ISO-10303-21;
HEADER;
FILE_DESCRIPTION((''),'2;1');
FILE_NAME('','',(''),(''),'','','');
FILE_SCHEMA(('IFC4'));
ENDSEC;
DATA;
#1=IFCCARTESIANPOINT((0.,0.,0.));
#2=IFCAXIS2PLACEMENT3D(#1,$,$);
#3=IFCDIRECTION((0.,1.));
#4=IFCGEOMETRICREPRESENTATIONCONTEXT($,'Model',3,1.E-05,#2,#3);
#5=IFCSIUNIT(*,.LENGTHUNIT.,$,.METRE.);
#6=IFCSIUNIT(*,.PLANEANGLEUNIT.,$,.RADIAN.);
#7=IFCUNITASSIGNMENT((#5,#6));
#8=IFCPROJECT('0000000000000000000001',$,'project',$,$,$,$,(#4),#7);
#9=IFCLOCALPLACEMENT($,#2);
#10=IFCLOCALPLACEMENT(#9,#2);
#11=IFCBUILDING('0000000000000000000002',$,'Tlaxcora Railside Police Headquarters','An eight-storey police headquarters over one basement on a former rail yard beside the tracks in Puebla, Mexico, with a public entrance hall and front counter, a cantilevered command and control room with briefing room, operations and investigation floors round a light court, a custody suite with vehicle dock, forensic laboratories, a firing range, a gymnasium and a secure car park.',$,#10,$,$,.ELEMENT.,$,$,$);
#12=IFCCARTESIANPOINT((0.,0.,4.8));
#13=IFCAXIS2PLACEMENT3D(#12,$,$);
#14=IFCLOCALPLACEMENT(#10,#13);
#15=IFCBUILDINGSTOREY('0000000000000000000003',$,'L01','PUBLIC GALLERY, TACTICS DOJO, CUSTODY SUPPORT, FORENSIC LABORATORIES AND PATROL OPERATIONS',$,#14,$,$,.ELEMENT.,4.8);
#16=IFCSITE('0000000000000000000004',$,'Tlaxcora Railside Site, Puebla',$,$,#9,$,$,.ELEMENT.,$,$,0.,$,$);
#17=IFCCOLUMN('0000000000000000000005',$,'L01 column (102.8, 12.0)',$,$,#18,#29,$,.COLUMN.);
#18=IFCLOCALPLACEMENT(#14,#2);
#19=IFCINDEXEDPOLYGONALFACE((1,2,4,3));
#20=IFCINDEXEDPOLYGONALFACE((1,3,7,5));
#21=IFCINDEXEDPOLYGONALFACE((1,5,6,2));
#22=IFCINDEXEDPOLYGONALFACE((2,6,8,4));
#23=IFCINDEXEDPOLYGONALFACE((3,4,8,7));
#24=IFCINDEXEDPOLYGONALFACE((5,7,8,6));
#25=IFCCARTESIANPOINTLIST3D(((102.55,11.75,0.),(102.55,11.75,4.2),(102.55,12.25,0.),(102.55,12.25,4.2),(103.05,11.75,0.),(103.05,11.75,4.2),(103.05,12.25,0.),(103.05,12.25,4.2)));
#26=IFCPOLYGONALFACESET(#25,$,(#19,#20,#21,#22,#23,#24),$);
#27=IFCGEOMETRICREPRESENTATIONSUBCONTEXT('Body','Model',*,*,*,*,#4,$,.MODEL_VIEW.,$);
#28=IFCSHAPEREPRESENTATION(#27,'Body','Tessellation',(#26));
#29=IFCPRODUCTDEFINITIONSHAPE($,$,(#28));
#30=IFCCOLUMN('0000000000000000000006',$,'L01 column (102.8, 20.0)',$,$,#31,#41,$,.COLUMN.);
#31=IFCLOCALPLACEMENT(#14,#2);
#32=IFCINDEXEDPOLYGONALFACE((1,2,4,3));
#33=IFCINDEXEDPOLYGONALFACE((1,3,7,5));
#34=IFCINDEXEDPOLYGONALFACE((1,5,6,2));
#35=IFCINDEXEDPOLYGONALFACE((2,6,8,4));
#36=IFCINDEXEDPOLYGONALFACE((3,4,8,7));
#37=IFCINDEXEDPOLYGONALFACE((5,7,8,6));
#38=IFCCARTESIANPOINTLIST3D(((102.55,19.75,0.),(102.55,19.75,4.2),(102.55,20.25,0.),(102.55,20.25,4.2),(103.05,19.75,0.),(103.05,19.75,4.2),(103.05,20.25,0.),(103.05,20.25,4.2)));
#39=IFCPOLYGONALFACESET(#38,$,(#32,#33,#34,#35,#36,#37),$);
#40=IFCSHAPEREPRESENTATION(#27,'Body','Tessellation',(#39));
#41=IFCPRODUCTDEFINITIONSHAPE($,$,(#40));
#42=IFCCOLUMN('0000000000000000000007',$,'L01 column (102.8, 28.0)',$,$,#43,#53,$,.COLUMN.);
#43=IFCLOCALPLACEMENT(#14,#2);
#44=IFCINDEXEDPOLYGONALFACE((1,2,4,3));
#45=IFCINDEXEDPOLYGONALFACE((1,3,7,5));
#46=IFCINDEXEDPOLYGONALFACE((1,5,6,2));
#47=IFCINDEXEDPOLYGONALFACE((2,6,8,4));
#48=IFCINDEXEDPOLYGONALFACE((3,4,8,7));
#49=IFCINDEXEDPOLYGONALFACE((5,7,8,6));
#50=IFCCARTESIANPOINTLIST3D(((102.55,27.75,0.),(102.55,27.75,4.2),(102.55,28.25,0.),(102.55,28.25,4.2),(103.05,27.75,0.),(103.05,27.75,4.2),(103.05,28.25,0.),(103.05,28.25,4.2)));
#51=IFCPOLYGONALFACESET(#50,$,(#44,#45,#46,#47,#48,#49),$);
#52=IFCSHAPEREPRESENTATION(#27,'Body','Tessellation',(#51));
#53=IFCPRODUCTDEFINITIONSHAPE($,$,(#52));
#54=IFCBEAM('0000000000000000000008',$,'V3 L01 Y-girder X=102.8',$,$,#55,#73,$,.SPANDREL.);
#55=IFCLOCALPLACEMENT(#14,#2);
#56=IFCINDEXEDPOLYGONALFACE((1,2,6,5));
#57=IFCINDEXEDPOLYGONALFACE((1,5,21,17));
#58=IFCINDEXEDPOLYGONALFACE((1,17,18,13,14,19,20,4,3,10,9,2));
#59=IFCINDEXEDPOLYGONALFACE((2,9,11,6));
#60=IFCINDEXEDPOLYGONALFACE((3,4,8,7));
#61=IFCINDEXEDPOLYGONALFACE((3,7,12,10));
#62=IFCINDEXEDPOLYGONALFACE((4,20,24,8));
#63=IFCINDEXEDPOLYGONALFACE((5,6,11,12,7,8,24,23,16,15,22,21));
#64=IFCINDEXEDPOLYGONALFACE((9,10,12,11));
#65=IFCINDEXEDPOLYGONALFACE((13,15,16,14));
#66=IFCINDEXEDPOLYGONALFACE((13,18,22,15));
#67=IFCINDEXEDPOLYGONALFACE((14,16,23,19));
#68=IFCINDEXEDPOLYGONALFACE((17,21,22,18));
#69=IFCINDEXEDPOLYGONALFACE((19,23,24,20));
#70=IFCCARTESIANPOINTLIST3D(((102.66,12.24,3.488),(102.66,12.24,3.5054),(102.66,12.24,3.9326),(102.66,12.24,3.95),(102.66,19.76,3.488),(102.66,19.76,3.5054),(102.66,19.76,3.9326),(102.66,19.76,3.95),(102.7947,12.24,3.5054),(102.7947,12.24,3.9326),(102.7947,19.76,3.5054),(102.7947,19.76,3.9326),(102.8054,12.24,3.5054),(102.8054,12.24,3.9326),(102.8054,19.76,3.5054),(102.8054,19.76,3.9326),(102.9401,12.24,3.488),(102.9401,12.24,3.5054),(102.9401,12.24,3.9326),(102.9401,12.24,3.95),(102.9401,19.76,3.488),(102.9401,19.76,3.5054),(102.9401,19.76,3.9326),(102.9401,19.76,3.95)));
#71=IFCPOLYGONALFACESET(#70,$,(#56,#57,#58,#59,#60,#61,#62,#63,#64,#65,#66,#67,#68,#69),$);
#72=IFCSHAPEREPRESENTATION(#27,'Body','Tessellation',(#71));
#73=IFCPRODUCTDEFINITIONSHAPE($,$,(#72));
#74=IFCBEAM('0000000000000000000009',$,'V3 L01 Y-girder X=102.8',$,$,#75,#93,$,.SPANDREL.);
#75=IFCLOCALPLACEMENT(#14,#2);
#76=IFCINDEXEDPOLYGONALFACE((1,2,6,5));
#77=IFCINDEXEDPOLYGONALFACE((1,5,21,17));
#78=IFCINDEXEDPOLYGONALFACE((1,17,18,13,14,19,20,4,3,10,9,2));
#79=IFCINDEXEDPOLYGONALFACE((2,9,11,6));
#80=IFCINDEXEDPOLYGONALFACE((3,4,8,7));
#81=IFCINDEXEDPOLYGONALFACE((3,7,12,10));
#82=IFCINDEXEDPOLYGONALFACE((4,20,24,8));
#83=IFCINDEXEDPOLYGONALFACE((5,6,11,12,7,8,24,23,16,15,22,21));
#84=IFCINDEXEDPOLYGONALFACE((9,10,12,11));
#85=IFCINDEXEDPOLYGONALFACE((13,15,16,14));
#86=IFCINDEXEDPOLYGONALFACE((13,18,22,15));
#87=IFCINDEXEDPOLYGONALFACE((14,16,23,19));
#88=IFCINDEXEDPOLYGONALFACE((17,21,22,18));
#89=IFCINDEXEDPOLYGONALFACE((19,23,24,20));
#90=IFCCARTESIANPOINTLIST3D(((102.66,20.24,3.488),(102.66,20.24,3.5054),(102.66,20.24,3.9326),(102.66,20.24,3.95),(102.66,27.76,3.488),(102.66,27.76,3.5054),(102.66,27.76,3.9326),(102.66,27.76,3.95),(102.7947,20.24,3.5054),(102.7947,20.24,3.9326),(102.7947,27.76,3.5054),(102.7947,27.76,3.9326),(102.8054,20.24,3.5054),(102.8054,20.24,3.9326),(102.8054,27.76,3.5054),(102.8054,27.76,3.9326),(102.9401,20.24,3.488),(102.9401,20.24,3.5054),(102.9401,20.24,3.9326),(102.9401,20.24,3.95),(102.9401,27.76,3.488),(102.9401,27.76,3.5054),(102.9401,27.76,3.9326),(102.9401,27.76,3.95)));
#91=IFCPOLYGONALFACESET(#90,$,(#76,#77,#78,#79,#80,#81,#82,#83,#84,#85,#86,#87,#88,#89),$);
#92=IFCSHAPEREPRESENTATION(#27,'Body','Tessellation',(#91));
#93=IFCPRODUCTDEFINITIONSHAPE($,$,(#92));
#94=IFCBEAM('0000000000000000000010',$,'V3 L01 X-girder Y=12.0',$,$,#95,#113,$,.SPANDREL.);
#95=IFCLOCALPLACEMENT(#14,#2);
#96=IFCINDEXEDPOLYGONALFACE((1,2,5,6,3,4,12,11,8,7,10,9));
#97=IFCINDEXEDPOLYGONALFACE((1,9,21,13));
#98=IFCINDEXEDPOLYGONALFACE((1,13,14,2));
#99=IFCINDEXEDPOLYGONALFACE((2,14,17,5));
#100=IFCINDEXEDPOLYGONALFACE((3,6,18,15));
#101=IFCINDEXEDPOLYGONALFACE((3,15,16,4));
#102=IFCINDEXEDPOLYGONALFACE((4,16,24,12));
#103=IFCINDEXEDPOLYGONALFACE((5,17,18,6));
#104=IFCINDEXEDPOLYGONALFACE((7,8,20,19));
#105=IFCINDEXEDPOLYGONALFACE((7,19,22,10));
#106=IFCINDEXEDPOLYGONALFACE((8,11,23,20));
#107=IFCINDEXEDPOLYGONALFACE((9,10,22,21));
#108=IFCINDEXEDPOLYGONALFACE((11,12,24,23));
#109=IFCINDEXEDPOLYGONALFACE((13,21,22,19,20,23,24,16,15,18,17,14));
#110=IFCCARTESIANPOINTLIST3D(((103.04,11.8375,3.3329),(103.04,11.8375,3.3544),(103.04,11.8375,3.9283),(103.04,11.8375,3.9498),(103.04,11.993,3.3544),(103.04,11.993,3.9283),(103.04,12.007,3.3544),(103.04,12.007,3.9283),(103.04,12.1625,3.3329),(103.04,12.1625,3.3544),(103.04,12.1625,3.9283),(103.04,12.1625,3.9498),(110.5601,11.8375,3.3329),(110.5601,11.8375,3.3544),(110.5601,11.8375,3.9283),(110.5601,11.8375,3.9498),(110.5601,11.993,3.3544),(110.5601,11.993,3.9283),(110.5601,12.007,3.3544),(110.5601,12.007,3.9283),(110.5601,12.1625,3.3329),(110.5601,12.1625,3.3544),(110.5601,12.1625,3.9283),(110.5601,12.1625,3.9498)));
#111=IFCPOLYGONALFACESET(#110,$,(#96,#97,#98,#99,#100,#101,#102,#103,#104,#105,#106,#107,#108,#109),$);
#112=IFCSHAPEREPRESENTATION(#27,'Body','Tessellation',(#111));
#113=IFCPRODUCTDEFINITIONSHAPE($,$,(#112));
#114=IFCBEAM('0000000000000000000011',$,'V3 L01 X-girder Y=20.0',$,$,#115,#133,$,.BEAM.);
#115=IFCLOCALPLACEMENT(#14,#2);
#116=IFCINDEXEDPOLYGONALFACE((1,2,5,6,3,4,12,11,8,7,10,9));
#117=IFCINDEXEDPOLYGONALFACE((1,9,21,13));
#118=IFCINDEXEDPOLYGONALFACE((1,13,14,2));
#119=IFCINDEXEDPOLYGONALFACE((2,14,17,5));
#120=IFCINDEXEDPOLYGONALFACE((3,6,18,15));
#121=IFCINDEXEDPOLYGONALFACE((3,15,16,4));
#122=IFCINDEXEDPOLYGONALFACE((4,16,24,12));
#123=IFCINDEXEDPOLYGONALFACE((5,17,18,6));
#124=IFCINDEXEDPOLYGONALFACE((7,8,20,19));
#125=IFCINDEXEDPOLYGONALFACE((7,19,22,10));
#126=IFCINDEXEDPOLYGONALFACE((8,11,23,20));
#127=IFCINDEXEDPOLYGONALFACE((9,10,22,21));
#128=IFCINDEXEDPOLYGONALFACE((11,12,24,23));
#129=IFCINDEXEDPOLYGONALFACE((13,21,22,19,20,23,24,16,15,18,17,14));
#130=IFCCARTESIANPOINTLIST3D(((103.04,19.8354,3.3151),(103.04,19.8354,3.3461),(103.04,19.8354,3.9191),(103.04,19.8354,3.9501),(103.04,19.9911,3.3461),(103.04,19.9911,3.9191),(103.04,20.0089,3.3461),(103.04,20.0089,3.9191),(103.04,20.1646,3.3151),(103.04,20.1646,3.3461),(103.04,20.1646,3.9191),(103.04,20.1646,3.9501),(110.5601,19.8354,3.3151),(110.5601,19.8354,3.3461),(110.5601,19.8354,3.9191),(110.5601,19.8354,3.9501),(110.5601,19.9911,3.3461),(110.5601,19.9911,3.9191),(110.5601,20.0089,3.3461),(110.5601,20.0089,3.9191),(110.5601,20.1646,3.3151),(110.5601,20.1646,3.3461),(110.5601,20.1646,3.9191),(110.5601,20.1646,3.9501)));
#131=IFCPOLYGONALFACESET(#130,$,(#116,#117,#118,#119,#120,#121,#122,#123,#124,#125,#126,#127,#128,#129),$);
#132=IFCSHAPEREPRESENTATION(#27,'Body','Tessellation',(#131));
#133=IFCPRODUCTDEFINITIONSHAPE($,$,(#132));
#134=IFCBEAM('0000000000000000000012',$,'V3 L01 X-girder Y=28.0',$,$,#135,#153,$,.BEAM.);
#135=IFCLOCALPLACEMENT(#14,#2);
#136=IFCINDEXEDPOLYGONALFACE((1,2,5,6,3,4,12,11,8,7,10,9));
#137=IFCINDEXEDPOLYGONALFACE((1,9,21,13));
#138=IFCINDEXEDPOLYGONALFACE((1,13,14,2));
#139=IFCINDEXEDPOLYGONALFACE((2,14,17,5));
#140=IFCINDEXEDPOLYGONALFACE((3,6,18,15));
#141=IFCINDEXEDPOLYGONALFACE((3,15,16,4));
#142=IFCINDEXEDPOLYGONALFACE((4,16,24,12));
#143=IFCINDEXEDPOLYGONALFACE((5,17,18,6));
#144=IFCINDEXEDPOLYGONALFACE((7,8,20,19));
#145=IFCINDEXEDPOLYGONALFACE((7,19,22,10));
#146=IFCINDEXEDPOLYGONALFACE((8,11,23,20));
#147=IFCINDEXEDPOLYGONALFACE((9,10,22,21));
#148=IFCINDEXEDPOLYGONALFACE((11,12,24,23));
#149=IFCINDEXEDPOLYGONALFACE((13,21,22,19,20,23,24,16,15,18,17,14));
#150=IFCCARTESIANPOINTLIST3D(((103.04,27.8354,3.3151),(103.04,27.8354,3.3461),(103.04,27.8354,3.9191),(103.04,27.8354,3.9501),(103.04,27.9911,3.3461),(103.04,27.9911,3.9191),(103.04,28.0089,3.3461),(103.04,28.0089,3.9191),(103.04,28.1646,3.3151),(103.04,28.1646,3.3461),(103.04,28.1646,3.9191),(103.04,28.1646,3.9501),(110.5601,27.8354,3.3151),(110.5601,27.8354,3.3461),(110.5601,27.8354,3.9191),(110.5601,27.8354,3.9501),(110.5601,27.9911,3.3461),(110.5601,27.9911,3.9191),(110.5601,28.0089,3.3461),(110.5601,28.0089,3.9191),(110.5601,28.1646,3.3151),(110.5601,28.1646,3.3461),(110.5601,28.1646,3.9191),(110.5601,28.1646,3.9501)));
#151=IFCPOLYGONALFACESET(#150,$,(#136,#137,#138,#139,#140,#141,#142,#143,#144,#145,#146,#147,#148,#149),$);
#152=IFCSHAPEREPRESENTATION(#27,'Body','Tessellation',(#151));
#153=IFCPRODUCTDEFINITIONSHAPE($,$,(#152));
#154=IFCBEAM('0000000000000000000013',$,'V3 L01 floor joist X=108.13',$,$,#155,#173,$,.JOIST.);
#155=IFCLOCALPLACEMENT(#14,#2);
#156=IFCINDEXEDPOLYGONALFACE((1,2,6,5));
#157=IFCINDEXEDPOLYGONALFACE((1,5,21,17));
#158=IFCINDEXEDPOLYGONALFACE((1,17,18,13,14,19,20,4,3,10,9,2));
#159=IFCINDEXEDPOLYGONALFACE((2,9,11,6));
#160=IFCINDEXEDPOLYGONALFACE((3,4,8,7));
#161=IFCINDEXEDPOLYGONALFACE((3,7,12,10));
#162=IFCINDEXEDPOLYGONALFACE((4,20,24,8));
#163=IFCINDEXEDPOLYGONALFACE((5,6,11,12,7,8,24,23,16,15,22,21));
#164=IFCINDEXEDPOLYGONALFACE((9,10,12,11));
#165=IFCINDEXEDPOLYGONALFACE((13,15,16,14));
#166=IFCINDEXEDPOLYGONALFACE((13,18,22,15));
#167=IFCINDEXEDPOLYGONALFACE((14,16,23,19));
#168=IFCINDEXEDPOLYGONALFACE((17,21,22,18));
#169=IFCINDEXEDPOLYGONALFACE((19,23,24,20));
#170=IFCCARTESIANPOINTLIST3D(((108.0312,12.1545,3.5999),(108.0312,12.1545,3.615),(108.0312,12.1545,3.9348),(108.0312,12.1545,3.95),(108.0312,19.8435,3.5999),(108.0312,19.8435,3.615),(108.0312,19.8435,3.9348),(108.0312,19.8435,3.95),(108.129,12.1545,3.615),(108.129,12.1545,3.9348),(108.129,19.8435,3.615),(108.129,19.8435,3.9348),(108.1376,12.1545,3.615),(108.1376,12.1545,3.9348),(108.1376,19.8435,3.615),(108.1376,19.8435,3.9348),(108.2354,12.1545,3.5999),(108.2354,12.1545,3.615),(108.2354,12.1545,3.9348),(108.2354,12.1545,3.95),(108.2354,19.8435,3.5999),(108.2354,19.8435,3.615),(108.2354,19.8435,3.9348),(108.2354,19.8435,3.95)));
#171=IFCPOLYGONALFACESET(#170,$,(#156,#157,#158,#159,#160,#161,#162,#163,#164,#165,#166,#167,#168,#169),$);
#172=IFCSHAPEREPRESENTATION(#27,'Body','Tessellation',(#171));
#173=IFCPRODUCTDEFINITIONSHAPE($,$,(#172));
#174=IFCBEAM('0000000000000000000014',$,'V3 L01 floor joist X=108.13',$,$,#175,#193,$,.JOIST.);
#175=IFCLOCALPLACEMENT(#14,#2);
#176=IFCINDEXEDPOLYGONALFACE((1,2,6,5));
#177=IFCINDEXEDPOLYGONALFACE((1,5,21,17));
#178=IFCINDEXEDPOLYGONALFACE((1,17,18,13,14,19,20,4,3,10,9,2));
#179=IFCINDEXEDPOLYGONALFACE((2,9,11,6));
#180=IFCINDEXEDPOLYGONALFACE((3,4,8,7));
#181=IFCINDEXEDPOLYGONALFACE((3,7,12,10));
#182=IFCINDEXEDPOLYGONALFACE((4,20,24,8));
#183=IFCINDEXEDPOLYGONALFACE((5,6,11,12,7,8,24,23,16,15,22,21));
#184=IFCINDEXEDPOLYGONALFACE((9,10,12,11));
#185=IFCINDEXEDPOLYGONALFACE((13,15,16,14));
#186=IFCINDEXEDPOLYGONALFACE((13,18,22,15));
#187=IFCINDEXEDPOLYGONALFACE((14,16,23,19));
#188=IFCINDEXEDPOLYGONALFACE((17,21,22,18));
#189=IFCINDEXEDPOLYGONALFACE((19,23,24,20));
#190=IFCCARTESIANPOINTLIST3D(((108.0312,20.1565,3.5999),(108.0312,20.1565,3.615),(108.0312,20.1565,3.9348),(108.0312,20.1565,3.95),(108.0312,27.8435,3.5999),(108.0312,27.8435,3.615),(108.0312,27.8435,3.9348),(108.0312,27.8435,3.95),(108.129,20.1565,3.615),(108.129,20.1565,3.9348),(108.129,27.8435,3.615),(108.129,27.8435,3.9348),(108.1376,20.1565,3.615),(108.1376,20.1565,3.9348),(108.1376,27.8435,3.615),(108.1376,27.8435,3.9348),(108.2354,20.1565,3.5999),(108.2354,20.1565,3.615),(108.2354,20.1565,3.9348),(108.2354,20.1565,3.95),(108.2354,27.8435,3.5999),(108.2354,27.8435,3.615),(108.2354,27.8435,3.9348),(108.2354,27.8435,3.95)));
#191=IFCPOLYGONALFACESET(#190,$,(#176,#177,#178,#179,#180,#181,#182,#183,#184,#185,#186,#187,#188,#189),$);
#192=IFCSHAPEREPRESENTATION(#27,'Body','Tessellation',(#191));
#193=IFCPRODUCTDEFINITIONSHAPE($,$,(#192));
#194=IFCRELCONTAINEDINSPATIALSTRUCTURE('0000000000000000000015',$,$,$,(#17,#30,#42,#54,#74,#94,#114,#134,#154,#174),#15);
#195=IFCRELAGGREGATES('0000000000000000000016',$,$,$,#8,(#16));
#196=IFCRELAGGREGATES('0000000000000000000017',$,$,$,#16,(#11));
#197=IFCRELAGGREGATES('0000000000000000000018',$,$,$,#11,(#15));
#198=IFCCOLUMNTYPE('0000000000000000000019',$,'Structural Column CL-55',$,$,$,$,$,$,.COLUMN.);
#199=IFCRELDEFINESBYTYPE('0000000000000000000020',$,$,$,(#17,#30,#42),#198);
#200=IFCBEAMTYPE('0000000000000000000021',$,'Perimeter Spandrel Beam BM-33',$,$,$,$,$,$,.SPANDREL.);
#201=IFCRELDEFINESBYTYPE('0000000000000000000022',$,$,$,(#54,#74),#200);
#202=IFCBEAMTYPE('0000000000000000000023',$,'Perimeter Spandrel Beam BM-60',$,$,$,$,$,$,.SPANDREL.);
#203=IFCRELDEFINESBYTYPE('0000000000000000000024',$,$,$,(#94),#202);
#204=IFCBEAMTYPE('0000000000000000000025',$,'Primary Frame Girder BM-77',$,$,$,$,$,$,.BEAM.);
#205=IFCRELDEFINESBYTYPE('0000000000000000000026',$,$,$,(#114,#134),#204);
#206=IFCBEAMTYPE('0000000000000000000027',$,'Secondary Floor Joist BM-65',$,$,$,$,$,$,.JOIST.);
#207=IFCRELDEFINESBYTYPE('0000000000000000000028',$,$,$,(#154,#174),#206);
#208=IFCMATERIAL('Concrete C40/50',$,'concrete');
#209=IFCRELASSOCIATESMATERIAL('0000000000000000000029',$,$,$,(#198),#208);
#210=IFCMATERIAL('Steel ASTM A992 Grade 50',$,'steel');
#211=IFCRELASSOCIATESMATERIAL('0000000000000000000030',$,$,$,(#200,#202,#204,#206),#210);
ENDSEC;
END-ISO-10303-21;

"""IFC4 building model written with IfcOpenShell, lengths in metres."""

from ifc_helpers import new_model, si_unit, direction, frame, origin, origin_2d, place, context, subcontext, project, spatial, rectangle, i_section, extrude, material, material_profile, profile_set, type_object, element, save


model = new_model("IFC4")

# Units and contexts
model_context = context("Model", 3, precision=1e-05, world=origin(), true_north=direction((0.0, 1.0)))
body_context = subcontext(model_context, "Body", "Model", "MODEL_VIEW")
ifc_project = project(units=[si_unit("LENGTHUNIT", "METRE"), si_unit("PLANEANGLEUNIT", "RADIAN")], contexts=[model_context])

# Site, building, storey
site_placement = place(None, origin())
site = spatial("IfcSite", under=ifc_project, at=site_placement, Name="Tlaxcora Railside Site, Puebla", CompositionType="ELEMENT", RefElevation=0.0)
building_placement = place(site_placement, origin())
building = spatial("IfcBuilding", under=site, at=building_placement, Name="Tlaxcora Railside Police Headquarters", Description="An eight-storey police headquarters over one basement on a former rail yard beside the tracks in Puebla, Mexico, with a public entrance hall and front counter, a cantilevered command and control room with briefing room, operations and investigation floors round a light court, a custody suite with vehicle dock, forensic laboratories, a firing range, a gymnasium and a secure car park.", CompositionType="ELEMENT")
storey_placement = place(building_placement, frame((0.0, 0.0, 4.8)))
storey = spatial("IfcBuildingStorey", under=building, at=storey_placement, Name="L01", Description="PUBLIC GALLERY, TACTICS DOJO, CUSTODY SUPPORT, FORENSIC LABORATORIES AND PATROL OPERATIONS", CompositionType="ELEMENT", Elevation=4.8)

# Columns
ifc_material_1 = material(Name="Concrete C40/50", Category="concrete")
ifc_material_profile_1 = material_profile(ifc_material_1, rectangle(XDim=0.5, YDim=0.5, at=origin_2d()), Name="RC500X500")
ifc_profile_set_1 = profile_set([ifc_material_profile_1], Name="Concrete C40/50")
column_type = type_object("IfcColumnType", Name="Structural Column CL-55", PredefinedType="COLUMN", material=ifc_profile_set_1)
for number, where, z_axis, x_axis, name in (
    (1, (102.8, 12.0, 0.0), (0.0, 0.0, 1.0), (1.0, 0.0, 0.0), "L01 column (102.8, 12.0)"),
    (2, (102.8, 20.0, 0.0), (0.0, 0.0, 1.0), (1.0, 0.0, 0.0), "L01 column (102.8, 20.0)"),
    (3, (102.8, 28.0, 0.0), (0.0, 0.0, 1.0), (1.0, 0.0, 0.0), "L01 column (102.8, 28.0)"),
):
    element("IfcColumn", number, at=place(storey_placement, frame(where, z_axis=z_axis, x_axis=x_axis)), inside=storey, type_object=column_type, Name=name, PredefinedType="COLUMN", context=body_context, shape_type="SweptSolid", body=[
        extrude(rectangle(XDim=0.5, YDim=0.5, at=origin_2d()), origin(), (0.0, 0.0, 1.0), 4.2),
    ])

# Beams
ifc_material_2 = material(Name="Steel ASTM A992 Grade 50", Category="steel")
ifc_material_profile_2 = material_profile(ifc_material_2, i_section(OverallWidth=0.28, OverallDepth=0.4619, WebThickness=0.0107, FlangeThickness=0.0173, at=origin_2d()), Name="W18X76")
ifc_profile_set_2 = profile_set([ifc_material_profile_2], Name="Steel ASTM A992 Grade 50")
beam_type_1 = type_object("IfcBeamType", Name="Perimeter Spandrel Beam BM-33", PredefinedType="SPANDREL", material=ifc_profile_set_2)
for number, where, z_axis, x_axis, name in (
    (4, (102.8, 12.24, 3.719), (0.0, 1.0, 0.0), (-1.0, 0.0, 0.0), "V3 L01 Y-girder X=102.8"),
    (5, (102.8, 20.24, 3.719), (0.0, 1.0, 0.0), (-1.0, 0.0, 0.0), "V3 L01 Y-girder X=102.8"),
):
    element("IfcBeam", number, at=place(storey_placement, frame(where, z_axis=z_axis, x_axis=x_axis)), inside=storey, type_object=beam_type_1, Name=name, PredefinedType="SPANDREL", context=body_context, shape_type="SweptSolid", body=[
        extrude(i_section(OverallWidth=0.28, OverallDepth=0.4619, WebThickness=0.0107, FlangeThickness=0.0173, at=origin_2d()), origin(), (0.0, 0.0, 1.0), 7.52),
    ])
ifc_material_profile_3 = material_profile(ifc_material_2, i_section(OverallWidth=0.325, OverallDepth=0.6169, WebThickness=0.0139, FlangeThickness=0.0215, at=origin_2d()), Name="W24X117")
ifc_profile_set_3 = profile_set([ifc_material_profile_3], Name="Steel ASTM A992 Grade 50")
beam_type_2 = type_object("IfcBeamType", Name="Perimeter Spandrel Beam BM-60", PredefinedType="SPANDREL", material=ifc_profile_set_3)
beam_1_placement = place(storey_placement, frame((103.04, 12.0, 3.6414), z_axis=(1.0, 0.0, 0.0), x_axis=(0.0, 1.0, 0.0)))
element("IfcBeam", 6, at=beam_1_placement, inside=storey, type_object=beam_type_2, Name="V3 L01 X-girder Y=12.0", PredefinedType="SPANDREL", context=body_context, shape_type="SweptSolid", body=[
    extrude(i_section(OverallWidth=0.325, OverallDepth=0.6169, WebThickness=0.0139, FlangeThickness=0.0215, at=origin_2d()), origin(), (0.0, 0.0, 1.0), 7.52),
])
ifc_material_profile_4 = material_profile(ifc_material_2, i_section(OverallWidth=0.3291, OverallDepth=0.635, WebThickness=0.0178, FlangeThickness=0.031, at=origin_2d()), Name="W24X162")
ifc_profile_set_4 = profile_set([ifc_material_profile_4], Name="Steel ASTM A992 Grade 50")
beam_type_3 = type_object("IfcBeamType", Name="Primary Frame Girder BM-77", PredefinedType="BEAM", material=ifc_profile_set_4)
for number, where, z_axis, x_axis, name in (
    (7, (103.04, 20.0, 3.6326), (1.0, 0.0, 0.0), (0.0, 1.0, 0.0), "V3 L01 X-girder Y=20.0"),
    (8, (103.04, 28.0, 3.6326), (1.0, 0.0, 0.0), (0.0, 1.0, 0.0), "V3 L01 X-girder Y=28.0"),
):
    element("IfcBeam", number, at=place(storey_placement, frame(where, z_axis=z_axis, x_axis=x_axis)), inside=storey, type_object=beam_type_3, Name=name, PredefinedType="BEAM", context=body_context, shape_type="SweptSolid", body=[
        extrude(i_section(OverallWidth=0.3291, OverallDepth=0.635, WebThickness=0.0178, FlangeThickness=0.031, at=origin_2d()), origin(), (0.0, 0.0, 1.0), 7.52),
    ])
ifc_material_profile_5 = material_profile(ifc_material_2, i_section(OverallWidth=0.2041, OverallDepth=0.3501, WebThickness=0.0085, FlangeThickness=0.0151, at=origin_2d()), Name="W14X48")
ifc_profile_set_5 = profile_set([ifc_material_profile_5], Name="Steel ASTM A992 Grade 50")
beam_type_4 = type_object("IfcBeamType", Name="Secondary Floor Joist BM-65", PredefinedType="JOIST", material=ifc_profile_set_5)
beam_2_placement = place(storey_placement, frame((108.1333, 12.1545, 3.7749), z_axis=(0.0, 1.0, 0.0), x_axis=(-1.0, 0.0, 0.0)))
element("IfcBeam", 9, at=beam_2_placement, inside=storey, type_object=beam_type_4, Name="V3 L01 floor joist X=108.13", PredefinedType="JOIST", context=body_context, shape_type="SweptSolid", body=[
    extrude(i_section(OverallWidth=0.2041, OverallDepth=0.3501, WebThickness=0.0085, FlangeThickness=0.0151, at=origin_2d()), origin(), (0.0, 0.0, 1.0), 7.689),
])
beam_3_placement = place(storey_placement, frame((108.1333, 20.1565, 3.7749), z_axis=(0.0, 1.0, 0.0), x_axis=(-1.0, 0.0, 0.0)))
element("IfcBeam", 10, at=beam_3_placement, inside=storey, type_object=beam_type_4, Name="V3 L01 floor joist X=108.13", PredefinedType="JOIST", context=body_context, shape_type="SweptSolid", body=[
    extrude(i_section(OverallWidth=0.2041, OverallDepth=0.3501, WebThickness=0.0085, FlangeThickness=0.0151, at=origin_2d()), origin(), (0.0, 0.0, 1.0), 7.687),
])

save(model, "model.ifc")
